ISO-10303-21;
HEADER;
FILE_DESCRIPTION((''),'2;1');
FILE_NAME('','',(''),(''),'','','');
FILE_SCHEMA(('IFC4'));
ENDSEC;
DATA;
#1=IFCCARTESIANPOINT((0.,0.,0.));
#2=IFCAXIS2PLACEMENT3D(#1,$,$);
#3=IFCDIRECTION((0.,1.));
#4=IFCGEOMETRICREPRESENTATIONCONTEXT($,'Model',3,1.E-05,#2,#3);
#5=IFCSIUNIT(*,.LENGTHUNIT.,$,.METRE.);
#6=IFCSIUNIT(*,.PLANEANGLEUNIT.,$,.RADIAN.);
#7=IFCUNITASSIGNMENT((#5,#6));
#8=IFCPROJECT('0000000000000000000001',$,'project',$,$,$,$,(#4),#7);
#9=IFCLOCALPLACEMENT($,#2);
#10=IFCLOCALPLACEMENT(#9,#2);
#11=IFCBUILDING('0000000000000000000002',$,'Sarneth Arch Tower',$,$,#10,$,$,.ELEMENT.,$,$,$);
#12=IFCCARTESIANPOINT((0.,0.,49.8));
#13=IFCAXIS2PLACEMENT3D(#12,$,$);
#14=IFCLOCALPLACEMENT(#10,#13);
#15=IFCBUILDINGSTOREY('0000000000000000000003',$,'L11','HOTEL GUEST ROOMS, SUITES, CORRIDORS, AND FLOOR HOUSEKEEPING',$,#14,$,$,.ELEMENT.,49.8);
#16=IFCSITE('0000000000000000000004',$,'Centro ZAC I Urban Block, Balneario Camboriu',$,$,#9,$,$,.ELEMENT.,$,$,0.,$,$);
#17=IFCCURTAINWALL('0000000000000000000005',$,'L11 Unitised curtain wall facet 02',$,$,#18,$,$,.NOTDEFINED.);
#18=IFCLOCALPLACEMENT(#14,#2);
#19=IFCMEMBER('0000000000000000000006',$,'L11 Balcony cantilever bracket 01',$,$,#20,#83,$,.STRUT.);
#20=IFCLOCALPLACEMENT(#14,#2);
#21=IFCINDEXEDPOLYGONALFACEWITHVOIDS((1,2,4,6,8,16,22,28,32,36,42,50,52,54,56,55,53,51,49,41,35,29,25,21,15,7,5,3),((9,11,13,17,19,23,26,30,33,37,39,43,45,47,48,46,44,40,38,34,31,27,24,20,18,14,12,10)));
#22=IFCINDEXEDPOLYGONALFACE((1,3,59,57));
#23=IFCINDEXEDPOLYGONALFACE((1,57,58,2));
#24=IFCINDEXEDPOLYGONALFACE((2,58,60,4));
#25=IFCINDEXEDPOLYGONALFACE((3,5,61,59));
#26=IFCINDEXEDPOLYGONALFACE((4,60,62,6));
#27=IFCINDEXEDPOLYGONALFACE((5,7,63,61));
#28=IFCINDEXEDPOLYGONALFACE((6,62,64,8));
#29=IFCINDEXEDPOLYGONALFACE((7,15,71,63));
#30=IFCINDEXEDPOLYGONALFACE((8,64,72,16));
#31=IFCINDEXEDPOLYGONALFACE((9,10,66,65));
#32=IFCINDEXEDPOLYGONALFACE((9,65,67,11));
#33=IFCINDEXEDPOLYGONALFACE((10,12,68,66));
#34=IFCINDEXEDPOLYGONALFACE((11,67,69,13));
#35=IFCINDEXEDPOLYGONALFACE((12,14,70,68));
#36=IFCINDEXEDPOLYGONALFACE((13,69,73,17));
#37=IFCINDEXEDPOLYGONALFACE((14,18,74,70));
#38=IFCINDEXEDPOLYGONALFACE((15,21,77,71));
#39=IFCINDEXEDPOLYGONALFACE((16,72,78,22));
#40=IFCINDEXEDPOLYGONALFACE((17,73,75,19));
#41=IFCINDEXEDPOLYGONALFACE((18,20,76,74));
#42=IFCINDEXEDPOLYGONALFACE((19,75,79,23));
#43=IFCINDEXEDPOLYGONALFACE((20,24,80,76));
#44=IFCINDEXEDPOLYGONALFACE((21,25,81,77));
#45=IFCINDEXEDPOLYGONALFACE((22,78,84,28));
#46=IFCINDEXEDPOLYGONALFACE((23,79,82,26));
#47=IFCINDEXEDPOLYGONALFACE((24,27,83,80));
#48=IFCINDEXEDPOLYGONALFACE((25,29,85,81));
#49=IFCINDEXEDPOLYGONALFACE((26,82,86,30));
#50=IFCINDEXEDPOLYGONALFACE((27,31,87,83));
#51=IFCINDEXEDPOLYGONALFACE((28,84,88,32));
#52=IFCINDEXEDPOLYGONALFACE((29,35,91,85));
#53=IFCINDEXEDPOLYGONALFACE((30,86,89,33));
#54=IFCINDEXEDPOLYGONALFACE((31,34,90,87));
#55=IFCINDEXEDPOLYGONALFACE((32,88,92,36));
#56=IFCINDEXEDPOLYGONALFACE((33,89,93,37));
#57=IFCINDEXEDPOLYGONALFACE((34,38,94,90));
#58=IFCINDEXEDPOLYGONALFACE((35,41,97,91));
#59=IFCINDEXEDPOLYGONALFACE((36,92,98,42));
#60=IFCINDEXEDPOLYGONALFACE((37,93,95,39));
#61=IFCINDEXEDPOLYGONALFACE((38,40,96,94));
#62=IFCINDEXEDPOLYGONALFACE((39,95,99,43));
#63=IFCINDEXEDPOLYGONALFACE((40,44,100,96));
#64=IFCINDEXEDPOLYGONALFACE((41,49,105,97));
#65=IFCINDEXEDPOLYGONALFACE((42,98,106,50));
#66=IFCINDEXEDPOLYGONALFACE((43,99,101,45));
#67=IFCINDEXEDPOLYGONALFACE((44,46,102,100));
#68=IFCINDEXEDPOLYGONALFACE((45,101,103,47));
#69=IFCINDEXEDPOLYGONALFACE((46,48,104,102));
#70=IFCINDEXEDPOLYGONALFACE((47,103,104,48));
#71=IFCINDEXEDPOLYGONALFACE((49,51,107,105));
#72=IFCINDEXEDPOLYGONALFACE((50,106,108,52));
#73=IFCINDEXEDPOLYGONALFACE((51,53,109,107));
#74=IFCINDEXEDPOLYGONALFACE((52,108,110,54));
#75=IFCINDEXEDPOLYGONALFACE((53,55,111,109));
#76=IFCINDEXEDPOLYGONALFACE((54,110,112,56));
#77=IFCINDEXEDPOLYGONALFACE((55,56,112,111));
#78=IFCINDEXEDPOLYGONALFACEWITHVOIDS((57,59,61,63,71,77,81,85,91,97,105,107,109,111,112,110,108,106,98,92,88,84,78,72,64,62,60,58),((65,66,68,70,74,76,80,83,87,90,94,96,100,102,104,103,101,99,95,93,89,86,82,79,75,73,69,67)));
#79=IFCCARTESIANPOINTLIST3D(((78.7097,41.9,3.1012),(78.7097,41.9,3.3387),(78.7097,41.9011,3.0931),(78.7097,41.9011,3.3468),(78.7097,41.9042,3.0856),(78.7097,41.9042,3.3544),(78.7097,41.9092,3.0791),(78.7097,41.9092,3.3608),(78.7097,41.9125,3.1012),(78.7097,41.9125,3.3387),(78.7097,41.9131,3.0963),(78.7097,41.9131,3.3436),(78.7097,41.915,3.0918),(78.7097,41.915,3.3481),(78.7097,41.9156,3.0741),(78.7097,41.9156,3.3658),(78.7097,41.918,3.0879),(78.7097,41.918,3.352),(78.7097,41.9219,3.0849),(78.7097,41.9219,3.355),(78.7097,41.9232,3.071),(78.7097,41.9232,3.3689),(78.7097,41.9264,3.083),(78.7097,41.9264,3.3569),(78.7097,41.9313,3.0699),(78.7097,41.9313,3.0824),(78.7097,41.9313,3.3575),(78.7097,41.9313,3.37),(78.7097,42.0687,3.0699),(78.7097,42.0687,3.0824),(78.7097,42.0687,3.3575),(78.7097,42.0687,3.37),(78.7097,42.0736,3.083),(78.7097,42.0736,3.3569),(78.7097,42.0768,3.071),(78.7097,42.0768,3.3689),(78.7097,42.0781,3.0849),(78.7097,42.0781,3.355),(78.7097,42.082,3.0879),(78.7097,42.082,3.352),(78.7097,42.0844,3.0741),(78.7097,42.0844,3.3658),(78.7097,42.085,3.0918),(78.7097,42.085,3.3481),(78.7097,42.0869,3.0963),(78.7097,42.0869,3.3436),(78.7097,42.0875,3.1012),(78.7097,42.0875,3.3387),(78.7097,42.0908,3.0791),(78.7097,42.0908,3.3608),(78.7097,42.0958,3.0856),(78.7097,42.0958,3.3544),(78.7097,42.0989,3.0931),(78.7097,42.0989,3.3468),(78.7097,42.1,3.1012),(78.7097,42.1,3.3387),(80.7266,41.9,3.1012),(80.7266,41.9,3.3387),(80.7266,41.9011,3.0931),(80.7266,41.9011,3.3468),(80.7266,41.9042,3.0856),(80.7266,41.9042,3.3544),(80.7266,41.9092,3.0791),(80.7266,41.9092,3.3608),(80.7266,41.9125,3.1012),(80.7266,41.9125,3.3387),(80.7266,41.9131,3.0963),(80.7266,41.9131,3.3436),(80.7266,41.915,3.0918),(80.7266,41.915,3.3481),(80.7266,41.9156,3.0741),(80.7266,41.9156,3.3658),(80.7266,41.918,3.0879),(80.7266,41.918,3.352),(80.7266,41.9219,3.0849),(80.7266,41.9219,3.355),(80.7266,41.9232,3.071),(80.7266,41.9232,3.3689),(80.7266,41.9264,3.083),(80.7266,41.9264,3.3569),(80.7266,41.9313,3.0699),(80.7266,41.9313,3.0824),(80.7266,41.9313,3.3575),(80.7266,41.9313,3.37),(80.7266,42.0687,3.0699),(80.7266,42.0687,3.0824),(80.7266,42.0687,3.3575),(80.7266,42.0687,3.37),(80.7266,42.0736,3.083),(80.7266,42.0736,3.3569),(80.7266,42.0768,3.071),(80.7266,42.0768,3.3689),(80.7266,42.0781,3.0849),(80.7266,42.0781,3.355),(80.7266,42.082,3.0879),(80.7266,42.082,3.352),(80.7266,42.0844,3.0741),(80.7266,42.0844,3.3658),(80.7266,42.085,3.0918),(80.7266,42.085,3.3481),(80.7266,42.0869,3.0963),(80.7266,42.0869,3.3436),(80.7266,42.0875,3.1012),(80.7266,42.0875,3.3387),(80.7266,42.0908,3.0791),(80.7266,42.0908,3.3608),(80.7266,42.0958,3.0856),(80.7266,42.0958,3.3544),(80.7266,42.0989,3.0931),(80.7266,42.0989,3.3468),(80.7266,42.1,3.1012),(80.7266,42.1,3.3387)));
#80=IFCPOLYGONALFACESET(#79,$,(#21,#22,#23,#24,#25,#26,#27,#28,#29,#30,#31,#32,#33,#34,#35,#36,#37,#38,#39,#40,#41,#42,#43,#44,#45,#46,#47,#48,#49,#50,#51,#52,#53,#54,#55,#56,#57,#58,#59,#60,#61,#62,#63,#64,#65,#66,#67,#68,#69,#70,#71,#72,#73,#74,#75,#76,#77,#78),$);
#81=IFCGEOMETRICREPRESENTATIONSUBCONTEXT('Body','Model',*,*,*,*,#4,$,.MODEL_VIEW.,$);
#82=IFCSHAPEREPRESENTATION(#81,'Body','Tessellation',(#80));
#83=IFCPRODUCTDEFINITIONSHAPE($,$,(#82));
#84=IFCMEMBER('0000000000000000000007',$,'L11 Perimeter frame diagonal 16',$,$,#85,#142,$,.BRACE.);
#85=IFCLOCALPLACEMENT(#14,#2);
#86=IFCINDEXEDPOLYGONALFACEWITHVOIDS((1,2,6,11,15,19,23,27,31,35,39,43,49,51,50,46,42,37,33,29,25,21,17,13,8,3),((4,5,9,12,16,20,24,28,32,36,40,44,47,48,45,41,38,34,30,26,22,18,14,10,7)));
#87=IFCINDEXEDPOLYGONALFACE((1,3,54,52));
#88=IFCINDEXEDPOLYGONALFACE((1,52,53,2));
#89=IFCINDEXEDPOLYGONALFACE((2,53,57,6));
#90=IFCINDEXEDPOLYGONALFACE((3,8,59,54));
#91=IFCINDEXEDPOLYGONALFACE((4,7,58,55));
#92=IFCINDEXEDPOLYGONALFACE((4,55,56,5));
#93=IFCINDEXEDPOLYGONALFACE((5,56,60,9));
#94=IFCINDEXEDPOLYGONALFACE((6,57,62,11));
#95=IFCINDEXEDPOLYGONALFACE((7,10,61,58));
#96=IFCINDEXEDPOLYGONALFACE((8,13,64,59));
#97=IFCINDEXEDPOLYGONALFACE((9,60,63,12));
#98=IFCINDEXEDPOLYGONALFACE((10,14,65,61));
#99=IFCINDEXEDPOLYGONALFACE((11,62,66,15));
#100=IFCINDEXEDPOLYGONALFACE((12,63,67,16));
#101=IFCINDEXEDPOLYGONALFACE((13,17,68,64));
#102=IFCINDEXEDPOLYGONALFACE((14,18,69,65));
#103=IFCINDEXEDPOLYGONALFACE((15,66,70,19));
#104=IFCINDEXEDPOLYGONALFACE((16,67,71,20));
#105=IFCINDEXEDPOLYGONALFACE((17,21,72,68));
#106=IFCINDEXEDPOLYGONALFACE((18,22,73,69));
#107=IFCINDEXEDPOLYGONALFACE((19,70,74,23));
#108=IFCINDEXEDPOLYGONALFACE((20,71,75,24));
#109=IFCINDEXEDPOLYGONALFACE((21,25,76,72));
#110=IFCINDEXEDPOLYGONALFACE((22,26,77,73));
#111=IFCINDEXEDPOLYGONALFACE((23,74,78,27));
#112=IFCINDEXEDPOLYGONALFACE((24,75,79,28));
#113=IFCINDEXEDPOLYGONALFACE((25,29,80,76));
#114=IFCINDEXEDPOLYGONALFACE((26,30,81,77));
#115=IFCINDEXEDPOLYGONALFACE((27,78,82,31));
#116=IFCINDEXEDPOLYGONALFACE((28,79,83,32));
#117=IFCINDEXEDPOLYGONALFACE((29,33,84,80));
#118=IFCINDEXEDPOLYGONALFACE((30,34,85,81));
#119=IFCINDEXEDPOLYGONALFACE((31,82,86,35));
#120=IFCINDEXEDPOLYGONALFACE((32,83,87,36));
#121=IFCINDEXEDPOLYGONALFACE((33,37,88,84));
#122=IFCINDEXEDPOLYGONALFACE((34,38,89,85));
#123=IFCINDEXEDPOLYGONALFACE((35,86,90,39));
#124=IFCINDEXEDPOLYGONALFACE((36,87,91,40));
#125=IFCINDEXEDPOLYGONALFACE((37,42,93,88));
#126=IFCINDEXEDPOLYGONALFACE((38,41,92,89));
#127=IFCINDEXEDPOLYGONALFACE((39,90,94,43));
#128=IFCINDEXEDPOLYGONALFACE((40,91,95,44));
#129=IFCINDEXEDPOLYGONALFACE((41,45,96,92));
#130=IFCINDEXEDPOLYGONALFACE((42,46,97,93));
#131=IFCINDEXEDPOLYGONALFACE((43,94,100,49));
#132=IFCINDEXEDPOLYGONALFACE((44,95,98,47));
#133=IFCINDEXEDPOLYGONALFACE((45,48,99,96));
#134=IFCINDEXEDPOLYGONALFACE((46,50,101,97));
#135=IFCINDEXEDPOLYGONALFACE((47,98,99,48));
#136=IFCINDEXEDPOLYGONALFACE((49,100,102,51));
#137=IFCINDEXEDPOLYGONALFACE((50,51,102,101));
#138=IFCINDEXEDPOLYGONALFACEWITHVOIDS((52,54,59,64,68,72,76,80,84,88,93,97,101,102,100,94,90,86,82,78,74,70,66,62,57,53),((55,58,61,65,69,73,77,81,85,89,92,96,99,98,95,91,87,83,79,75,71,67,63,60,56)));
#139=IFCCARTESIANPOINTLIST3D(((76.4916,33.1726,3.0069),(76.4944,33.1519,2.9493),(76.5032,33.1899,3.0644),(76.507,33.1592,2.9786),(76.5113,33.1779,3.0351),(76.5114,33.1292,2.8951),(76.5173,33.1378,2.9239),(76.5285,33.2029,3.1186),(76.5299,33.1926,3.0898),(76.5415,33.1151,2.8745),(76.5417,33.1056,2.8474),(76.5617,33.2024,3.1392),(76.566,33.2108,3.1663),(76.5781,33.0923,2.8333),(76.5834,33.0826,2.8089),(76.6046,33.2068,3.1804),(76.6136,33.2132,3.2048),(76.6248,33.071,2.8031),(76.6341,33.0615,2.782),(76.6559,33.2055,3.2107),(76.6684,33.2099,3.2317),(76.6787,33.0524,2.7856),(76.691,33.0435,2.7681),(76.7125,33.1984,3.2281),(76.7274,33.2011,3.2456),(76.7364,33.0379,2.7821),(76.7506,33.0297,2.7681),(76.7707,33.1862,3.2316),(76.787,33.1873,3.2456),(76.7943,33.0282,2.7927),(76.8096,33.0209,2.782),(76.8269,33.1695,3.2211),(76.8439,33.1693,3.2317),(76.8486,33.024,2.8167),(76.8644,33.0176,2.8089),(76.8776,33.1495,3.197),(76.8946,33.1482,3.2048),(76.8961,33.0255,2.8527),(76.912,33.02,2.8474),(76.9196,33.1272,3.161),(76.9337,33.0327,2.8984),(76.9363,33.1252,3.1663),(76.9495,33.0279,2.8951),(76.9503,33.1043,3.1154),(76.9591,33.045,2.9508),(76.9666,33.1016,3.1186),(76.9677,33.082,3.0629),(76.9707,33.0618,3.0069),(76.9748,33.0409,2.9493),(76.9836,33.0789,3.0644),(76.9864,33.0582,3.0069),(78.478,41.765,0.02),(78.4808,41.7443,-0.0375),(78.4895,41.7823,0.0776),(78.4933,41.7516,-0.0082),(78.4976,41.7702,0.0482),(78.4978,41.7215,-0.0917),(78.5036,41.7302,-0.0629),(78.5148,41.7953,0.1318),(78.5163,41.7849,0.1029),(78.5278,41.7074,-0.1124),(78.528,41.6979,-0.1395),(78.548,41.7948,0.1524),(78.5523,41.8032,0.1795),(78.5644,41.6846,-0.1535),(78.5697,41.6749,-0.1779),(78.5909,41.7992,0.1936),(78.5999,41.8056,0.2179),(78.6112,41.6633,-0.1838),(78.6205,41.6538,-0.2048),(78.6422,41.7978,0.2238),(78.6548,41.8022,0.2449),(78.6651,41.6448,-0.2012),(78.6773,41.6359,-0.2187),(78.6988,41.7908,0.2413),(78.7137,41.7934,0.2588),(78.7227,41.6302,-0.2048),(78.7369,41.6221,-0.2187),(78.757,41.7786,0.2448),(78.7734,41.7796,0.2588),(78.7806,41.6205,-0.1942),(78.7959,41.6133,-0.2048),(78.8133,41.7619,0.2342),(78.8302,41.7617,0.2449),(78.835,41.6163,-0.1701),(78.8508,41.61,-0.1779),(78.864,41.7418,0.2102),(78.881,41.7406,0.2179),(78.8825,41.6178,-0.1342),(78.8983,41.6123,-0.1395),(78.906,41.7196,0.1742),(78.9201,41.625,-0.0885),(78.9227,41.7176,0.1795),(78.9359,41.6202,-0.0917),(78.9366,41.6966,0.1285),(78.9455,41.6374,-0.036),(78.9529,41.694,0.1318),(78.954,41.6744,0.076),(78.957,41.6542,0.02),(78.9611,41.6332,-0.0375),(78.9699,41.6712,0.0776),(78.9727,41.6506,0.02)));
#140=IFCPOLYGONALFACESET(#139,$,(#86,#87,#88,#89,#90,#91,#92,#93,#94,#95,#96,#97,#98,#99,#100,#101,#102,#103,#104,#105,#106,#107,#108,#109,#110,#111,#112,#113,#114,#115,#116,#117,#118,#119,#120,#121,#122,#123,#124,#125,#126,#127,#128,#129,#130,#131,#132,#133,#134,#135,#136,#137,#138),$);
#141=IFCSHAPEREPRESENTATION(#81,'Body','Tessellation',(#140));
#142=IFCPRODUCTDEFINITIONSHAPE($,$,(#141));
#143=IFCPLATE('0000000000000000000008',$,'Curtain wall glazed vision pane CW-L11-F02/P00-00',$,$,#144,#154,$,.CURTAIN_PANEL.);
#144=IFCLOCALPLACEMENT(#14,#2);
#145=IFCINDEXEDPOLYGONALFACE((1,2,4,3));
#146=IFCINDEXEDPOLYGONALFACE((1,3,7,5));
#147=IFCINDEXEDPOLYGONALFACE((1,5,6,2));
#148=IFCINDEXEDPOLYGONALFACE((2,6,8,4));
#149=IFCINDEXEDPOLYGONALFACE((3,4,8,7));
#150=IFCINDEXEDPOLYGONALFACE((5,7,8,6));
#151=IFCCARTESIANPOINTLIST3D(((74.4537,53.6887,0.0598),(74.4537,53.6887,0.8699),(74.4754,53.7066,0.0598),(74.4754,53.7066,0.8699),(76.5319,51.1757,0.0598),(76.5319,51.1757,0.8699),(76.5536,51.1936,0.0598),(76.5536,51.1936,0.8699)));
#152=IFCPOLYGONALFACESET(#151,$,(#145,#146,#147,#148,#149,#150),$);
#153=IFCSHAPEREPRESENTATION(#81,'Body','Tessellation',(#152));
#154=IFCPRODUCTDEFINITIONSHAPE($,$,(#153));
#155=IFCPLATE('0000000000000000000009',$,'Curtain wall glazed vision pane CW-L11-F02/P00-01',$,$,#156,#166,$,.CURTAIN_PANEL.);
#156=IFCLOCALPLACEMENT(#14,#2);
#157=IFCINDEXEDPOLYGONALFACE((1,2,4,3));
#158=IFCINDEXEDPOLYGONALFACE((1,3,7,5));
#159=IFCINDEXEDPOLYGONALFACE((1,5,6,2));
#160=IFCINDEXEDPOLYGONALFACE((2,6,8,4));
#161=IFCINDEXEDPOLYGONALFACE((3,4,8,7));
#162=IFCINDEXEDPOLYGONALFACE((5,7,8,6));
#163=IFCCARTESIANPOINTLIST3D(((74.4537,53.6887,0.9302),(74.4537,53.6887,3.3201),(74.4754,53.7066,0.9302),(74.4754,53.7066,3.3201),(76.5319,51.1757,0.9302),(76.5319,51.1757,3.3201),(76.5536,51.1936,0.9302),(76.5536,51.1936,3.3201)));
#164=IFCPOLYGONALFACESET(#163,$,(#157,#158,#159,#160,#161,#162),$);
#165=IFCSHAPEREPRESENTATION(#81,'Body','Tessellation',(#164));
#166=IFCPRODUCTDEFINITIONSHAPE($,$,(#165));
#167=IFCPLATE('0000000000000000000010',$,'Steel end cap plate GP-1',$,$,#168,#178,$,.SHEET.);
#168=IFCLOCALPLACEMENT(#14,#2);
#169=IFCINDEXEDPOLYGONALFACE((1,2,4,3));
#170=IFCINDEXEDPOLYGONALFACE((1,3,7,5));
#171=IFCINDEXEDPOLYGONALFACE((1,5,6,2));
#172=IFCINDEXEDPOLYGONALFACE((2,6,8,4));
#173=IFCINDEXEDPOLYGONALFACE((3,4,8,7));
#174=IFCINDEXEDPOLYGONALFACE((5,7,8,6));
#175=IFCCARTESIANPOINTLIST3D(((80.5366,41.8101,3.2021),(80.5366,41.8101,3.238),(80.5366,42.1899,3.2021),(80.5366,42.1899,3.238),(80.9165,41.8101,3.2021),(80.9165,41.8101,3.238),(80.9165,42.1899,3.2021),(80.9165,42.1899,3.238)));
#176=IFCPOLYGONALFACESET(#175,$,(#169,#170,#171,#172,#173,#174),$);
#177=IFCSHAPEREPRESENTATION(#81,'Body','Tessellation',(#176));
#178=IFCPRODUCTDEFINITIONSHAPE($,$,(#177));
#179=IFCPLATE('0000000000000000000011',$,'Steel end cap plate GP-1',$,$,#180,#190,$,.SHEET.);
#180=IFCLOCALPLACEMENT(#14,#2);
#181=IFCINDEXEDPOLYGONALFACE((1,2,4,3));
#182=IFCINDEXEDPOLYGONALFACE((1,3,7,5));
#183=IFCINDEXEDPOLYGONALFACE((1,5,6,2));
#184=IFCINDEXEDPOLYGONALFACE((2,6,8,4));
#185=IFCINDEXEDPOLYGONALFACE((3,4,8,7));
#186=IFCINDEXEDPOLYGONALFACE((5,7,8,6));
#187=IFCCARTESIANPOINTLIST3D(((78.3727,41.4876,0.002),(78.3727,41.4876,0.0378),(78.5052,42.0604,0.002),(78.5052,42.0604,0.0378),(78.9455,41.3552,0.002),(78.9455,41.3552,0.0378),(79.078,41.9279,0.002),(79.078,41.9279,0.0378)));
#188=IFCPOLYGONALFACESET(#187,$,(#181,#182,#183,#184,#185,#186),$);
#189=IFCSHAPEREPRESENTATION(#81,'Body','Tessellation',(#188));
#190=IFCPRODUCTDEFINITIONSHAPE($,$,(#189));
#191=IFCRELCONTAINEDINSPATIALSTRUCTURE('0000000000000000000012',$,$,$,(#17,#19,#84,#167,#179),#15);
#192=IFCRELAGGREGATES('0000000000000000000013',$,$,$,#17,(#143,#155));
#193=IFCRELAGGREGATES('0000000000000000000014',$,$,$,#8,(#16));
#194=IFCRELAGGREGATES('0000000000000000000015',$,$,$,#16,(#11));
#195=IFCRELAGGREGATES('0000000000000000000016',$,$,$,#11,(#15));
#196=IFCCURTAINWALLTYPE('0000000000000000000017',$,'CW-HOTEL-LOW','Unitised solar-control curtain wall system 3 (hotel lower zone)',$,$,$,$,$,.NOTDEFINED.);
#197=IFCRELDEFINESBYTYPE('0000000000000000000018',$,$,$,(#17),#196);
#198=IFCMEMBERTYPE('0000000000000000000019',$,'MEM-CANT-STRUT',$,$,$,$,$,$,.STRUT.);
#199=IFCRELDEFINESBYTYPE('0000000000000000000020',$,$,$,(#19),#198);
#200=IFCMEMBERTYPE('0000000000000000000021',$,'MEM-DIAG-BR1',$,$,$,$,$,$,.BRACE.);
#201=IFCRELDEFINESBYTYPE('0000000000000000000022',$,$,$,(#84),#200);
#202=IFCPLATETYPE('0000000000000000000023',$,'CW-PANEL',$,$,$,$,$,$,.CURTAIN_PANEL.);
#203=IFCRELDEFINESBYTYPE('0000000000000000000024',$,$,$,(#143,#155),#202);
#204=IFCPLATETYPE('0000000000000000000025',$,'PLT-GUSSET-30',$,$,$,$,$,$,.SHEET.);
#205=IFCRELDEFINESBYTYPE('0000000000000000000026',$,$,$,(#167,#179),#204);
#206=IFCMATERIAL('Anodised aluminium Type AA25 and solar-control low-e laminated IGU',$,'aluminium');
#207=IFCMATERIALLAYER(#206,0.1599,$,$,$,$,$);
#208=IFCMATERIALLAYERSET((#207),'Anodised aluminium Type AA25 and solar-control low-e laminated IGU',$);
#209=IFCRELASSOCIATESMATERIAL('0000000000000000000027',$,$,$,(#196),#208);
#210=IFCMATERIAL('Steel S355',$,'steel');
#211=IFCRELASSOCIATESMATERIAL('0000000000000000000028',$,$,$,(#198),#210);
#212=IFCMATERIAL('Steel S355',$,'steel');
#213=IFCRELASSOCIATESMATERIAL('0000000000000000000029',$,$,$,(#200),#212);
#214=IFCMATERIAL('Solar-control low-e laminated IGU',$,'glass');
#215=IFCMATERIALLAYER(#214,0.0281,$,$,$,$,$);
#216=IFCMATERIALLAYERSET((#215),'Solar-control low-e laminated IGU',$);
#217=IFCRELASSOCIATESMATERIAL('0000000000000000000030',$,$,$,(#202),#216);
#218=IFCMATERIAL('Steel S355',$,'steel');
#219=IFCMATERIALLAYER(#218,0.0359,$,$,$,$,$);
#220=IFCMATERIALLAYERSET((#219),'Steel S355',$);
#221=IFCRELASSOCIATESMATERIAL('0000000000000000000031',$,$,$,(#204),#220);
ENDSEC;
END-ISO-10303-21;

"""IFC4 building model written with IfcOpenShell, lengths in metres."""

from ifc_helpers import new_model, si_unit, direction, frame, origin, origin_2d, place, context, subcontext, project, spatial, rectangle, hollow_rectangle, hollow_circle, extrude, material, layer, layer_set, material_profile, profile_set, type_object, element, aggregate, save


model = new_model("IFC4")

# Units and contexts
model_context = context("Model", 3, precision=1e-05, world=origin(), true_north=direction((0.0, 1.0)))
body_context = subcontext(model_context, "Body", "Model", "MODEL_VIEW")
ifc_project = project(units=[si_unit("LENGTHUNIT", "METRE"), si_unit("PLANEANGLEUNIT", "RADIAN")], contexts=[model_context])

# Site, building, storey
site_placement = place(None, origin())
site = spatial("IfcSite", under=ifc_project, at=site_placement, Name="Centro ZAC I Urban Block, Balneario Camboriu", CompositionType="ELEMENT", RefElevation=0.0)
building_placement = place(site_placement, origin())
building = spatial("IfcBuilding", under=site, at=building_placement, Name="Sarneth Arch Tower", CompositionType="ELEMENT")
storey_placement = place(building_placement, frame((0.0, 0.0, 49.8)))
storey = spatial("IfcBuildingStorey", under=building, at=storey_placement, Name="L11", Description="HOTEL GUEST ROOMS, SUITES, CORRIDORS, AND FLOOR HOUSEKEEPING", CompositionType="ELEMENT", Elevation=49.8)

# Curtain wall
ifc_material_1 = material(Name="Anodised aluminium Type AA25 and solar-control low-e laminated IGU", Category="aluminium")
ifc_layer_1 = layer(ifc_material_1, 0.1599)
ifc_layer_set_1 = layer_set([ifc_layer_1], Name="Anodised aluminium Type AA25 and solar-control low-e laminated IGU")
curtain_wall_type = type_object("IfcCurtainWallType", Name="CW-HOTEL-LOW", Description="Unitised solar-control curtain wall system 3 (hotel lower zone)", PredefinedType="NOTDEFINED", material=ifc_layer_set_1)
curtain_wall_placement = place(storey_placement, origin())
curtain_wall = element("IfcCurtainWall", 1, at=curtain_wall_placement, inside=storey, type_object=curtain_wall_type, Name="L11 Unitised curtain wall facet 02", PredefinedType="NOTDEFINED")

# Members
ifc_material_2 = material(Name="Steel S355", Category="steel")
ifc_material_profile_1 = material_profile(ifc_material_2, hollow_rectangle(XDim=0.2, YDim=0.3, WallThickness=0.0125, InnerFilletRadius=0.0188, OuterFilletRadius=0.0312, at=origin_2d()), Name="RHS300x200x12.5")
ifc_profile_set_1 = profile_set([ifc_material_profile_1], Name="Steel S355")
member_type_1 = type_object("IfcMemberType", Name="MEM-CANT-STRUT", PredefinedType="STRUT", material=ifc_profile_set_1)
member_1_placement = place(storey_placement, frame((78.7097, 42.0, 3.22), z_axis=(1.0, 0.0, 0.0), x_axis=(0.0, 1.0, 0.0)))
element("IfcMember", 2, at=member_1_placement, inside=storey, type_object=member_type_1, Name="L11 Balcony cantilever bracket 01", PredefinedType="STRUT", context=body_context, shape_type="SweptSolid", body=[
    extrude(hollow_rectangle(XDim=0.2, YDim=0.3, WallThickness=0.0125, InnerFilletRadius=0.0188, OuterFilletRadius=0.0312, at=origin_2d()), origin(), (0.0, 0.0, 1.0), 2.0168),
])
ifc_material_3 = material(Name="Steel S355", Category="steel")
ifc_material_profile_2 = material_profile(ifc_material_3, hollow_circle(Radius=0.2539, WallThickness=0.0161, at=origin_2d()), Name="CHS508x16")
ifc_profile_set_2 = profile_set([ifc_material_profile_2], Name="Steel S355")
member_type_2 = type_object("IfcMemberType", Name="MEM-DIAG-BR1", PredefinedType="BRACE", material=ifc_profile_set_2)
member_2_placement = place(storey_placement, frame((78.7253, 41.7078, 0.02), z_axis=(-0.213332, -0.922814, 0.320785), x_axis=(0.974304, -0.225236, 0.0)))
element("IfcMember", 3, at=member_2_placement, inside=storey, type_object=member_type_2, Name="L11 Perimeter frame diagonal 16", PredefinedType="BRACE", context=body_context, shape_type="SweptSolid", body=[
    extrude(hollow_circle(Radius=0.2539, WallThickness=0.0161, at=origin_2d()), origin(), (0.0, 0.0, 1.0), 9.311),
])

# Plates
ifc_material_4 = material(Name="Solar-control low-e laminated IGU", Category="glass")
ifc_layer_2 = layer(ifc_material_4, 0.0281)
ifc_layer_set_2 = layer_set([ifc_layer_2], Name="Solar-control low-e laminated IGU")
plate_type_1 = type_object("IfcPlateType", Name="CW-PANEL", PredefinedType="CURTAIN_PANEL", material=ifc_layer_set_2)
plate_1_placement = place(storey_placement, frame((75.5037, 52.4412, 0.0598), z_axis=(0.0, 0.0, 1.0), x_axis=(-0.637291, 0.770623, 0.0)))
plate_1 = element("IfcPlate", 4, at=plate_1_placement, type_object=plate_type_1, Name="Curtain wall glazed vision pane CW-L11-F02/P00-00", PredefinedType="CURTAIN_PANEL", context=body_context, shape_type="SweptSolid", body=[
    extrude(rectangle(XDim=3.261, YDim=0.0281, at=origin_2d()), origin(), (0.0, 0.0, 1.0), 0.8101),
])
plate_2_placement = place(storey_placement, frame((75.5037, 52.4412, 0.9302), z_axis=(0.0, 0.0, 1.0), x_axis=(-0.637291, 0.770623, 0.0)))
plate_2 = element("IfcPlate", 5, at=plate_2_placement, type_object=plate_type_1, Name="Curtain wall glazed vision pane CW-L11-F02/P00-01", PredefinedType="CURTAIN_PANEL", context=body_context, shape_type="SweptSolid", body=[
    extrude(rectangle(XDim=3.261, YDim=0.0281, at=origin_2d()), origin(), (0.0, 0.0, 1.0), 2.3899),
])
aggregate(curtain_wall, [plate_1, plate_2])

# Plates
ifc_material_5 = material(Name="Steel S355", Category="steel")
ifc_layer_3 = layer(ifc_material_5, 0.0359)
ifc_layer_set_3 = layer_set([ifc_layer_3], Name="Steel S355")
plate_type_2 = type_object("IfcPlateType", Name="PLT-GUSSET-30", PredefinedType="SHEET", material=ifc_layer_set_3)
plate_3_placement = place(storey_placement, frame((80.7266, 42.0, 3.2021), z_axis=(0.0, 0.0, 1.0), x_axis=(1.0, 0.0, 0.0)))
element("IfcPlate", 6, at=plate_3_placement, inside=storey, type_object=plate_type_2, Name="Steel end cap plate GP-1", PredefinedType="SHEET", context=body_context, shape_type="SweptSolid", body=[
    extrude(rectangle(XDim=0.3799, YDim=0.3799, at=origin_2d()), origin(), (0.0, 0.0, 1.0), 0.0359),
])
plate_4_placement = place(storey_placement, frame((78.7253, 41.7078, 0.002), z_axis=(0.0, 0.0, 1.0), x_axis=(0.225291, 0.974291, 0.0)))
element("IfcPlate", 7, at=plate_4_placement, inside=storey, type_object=plate_type_2, Name="Steel end cap plate GP-1", PredefinedType="SHEET", context=body_context, shape_type="SweptSolid", body=[
    extrude(rectangle(XDim=0.5879, YDim=0.5879, at=origin_2d()), origin(), (0.0, 0.0, 1.0), 0.0359),
])

save(model, "model.ifc")
